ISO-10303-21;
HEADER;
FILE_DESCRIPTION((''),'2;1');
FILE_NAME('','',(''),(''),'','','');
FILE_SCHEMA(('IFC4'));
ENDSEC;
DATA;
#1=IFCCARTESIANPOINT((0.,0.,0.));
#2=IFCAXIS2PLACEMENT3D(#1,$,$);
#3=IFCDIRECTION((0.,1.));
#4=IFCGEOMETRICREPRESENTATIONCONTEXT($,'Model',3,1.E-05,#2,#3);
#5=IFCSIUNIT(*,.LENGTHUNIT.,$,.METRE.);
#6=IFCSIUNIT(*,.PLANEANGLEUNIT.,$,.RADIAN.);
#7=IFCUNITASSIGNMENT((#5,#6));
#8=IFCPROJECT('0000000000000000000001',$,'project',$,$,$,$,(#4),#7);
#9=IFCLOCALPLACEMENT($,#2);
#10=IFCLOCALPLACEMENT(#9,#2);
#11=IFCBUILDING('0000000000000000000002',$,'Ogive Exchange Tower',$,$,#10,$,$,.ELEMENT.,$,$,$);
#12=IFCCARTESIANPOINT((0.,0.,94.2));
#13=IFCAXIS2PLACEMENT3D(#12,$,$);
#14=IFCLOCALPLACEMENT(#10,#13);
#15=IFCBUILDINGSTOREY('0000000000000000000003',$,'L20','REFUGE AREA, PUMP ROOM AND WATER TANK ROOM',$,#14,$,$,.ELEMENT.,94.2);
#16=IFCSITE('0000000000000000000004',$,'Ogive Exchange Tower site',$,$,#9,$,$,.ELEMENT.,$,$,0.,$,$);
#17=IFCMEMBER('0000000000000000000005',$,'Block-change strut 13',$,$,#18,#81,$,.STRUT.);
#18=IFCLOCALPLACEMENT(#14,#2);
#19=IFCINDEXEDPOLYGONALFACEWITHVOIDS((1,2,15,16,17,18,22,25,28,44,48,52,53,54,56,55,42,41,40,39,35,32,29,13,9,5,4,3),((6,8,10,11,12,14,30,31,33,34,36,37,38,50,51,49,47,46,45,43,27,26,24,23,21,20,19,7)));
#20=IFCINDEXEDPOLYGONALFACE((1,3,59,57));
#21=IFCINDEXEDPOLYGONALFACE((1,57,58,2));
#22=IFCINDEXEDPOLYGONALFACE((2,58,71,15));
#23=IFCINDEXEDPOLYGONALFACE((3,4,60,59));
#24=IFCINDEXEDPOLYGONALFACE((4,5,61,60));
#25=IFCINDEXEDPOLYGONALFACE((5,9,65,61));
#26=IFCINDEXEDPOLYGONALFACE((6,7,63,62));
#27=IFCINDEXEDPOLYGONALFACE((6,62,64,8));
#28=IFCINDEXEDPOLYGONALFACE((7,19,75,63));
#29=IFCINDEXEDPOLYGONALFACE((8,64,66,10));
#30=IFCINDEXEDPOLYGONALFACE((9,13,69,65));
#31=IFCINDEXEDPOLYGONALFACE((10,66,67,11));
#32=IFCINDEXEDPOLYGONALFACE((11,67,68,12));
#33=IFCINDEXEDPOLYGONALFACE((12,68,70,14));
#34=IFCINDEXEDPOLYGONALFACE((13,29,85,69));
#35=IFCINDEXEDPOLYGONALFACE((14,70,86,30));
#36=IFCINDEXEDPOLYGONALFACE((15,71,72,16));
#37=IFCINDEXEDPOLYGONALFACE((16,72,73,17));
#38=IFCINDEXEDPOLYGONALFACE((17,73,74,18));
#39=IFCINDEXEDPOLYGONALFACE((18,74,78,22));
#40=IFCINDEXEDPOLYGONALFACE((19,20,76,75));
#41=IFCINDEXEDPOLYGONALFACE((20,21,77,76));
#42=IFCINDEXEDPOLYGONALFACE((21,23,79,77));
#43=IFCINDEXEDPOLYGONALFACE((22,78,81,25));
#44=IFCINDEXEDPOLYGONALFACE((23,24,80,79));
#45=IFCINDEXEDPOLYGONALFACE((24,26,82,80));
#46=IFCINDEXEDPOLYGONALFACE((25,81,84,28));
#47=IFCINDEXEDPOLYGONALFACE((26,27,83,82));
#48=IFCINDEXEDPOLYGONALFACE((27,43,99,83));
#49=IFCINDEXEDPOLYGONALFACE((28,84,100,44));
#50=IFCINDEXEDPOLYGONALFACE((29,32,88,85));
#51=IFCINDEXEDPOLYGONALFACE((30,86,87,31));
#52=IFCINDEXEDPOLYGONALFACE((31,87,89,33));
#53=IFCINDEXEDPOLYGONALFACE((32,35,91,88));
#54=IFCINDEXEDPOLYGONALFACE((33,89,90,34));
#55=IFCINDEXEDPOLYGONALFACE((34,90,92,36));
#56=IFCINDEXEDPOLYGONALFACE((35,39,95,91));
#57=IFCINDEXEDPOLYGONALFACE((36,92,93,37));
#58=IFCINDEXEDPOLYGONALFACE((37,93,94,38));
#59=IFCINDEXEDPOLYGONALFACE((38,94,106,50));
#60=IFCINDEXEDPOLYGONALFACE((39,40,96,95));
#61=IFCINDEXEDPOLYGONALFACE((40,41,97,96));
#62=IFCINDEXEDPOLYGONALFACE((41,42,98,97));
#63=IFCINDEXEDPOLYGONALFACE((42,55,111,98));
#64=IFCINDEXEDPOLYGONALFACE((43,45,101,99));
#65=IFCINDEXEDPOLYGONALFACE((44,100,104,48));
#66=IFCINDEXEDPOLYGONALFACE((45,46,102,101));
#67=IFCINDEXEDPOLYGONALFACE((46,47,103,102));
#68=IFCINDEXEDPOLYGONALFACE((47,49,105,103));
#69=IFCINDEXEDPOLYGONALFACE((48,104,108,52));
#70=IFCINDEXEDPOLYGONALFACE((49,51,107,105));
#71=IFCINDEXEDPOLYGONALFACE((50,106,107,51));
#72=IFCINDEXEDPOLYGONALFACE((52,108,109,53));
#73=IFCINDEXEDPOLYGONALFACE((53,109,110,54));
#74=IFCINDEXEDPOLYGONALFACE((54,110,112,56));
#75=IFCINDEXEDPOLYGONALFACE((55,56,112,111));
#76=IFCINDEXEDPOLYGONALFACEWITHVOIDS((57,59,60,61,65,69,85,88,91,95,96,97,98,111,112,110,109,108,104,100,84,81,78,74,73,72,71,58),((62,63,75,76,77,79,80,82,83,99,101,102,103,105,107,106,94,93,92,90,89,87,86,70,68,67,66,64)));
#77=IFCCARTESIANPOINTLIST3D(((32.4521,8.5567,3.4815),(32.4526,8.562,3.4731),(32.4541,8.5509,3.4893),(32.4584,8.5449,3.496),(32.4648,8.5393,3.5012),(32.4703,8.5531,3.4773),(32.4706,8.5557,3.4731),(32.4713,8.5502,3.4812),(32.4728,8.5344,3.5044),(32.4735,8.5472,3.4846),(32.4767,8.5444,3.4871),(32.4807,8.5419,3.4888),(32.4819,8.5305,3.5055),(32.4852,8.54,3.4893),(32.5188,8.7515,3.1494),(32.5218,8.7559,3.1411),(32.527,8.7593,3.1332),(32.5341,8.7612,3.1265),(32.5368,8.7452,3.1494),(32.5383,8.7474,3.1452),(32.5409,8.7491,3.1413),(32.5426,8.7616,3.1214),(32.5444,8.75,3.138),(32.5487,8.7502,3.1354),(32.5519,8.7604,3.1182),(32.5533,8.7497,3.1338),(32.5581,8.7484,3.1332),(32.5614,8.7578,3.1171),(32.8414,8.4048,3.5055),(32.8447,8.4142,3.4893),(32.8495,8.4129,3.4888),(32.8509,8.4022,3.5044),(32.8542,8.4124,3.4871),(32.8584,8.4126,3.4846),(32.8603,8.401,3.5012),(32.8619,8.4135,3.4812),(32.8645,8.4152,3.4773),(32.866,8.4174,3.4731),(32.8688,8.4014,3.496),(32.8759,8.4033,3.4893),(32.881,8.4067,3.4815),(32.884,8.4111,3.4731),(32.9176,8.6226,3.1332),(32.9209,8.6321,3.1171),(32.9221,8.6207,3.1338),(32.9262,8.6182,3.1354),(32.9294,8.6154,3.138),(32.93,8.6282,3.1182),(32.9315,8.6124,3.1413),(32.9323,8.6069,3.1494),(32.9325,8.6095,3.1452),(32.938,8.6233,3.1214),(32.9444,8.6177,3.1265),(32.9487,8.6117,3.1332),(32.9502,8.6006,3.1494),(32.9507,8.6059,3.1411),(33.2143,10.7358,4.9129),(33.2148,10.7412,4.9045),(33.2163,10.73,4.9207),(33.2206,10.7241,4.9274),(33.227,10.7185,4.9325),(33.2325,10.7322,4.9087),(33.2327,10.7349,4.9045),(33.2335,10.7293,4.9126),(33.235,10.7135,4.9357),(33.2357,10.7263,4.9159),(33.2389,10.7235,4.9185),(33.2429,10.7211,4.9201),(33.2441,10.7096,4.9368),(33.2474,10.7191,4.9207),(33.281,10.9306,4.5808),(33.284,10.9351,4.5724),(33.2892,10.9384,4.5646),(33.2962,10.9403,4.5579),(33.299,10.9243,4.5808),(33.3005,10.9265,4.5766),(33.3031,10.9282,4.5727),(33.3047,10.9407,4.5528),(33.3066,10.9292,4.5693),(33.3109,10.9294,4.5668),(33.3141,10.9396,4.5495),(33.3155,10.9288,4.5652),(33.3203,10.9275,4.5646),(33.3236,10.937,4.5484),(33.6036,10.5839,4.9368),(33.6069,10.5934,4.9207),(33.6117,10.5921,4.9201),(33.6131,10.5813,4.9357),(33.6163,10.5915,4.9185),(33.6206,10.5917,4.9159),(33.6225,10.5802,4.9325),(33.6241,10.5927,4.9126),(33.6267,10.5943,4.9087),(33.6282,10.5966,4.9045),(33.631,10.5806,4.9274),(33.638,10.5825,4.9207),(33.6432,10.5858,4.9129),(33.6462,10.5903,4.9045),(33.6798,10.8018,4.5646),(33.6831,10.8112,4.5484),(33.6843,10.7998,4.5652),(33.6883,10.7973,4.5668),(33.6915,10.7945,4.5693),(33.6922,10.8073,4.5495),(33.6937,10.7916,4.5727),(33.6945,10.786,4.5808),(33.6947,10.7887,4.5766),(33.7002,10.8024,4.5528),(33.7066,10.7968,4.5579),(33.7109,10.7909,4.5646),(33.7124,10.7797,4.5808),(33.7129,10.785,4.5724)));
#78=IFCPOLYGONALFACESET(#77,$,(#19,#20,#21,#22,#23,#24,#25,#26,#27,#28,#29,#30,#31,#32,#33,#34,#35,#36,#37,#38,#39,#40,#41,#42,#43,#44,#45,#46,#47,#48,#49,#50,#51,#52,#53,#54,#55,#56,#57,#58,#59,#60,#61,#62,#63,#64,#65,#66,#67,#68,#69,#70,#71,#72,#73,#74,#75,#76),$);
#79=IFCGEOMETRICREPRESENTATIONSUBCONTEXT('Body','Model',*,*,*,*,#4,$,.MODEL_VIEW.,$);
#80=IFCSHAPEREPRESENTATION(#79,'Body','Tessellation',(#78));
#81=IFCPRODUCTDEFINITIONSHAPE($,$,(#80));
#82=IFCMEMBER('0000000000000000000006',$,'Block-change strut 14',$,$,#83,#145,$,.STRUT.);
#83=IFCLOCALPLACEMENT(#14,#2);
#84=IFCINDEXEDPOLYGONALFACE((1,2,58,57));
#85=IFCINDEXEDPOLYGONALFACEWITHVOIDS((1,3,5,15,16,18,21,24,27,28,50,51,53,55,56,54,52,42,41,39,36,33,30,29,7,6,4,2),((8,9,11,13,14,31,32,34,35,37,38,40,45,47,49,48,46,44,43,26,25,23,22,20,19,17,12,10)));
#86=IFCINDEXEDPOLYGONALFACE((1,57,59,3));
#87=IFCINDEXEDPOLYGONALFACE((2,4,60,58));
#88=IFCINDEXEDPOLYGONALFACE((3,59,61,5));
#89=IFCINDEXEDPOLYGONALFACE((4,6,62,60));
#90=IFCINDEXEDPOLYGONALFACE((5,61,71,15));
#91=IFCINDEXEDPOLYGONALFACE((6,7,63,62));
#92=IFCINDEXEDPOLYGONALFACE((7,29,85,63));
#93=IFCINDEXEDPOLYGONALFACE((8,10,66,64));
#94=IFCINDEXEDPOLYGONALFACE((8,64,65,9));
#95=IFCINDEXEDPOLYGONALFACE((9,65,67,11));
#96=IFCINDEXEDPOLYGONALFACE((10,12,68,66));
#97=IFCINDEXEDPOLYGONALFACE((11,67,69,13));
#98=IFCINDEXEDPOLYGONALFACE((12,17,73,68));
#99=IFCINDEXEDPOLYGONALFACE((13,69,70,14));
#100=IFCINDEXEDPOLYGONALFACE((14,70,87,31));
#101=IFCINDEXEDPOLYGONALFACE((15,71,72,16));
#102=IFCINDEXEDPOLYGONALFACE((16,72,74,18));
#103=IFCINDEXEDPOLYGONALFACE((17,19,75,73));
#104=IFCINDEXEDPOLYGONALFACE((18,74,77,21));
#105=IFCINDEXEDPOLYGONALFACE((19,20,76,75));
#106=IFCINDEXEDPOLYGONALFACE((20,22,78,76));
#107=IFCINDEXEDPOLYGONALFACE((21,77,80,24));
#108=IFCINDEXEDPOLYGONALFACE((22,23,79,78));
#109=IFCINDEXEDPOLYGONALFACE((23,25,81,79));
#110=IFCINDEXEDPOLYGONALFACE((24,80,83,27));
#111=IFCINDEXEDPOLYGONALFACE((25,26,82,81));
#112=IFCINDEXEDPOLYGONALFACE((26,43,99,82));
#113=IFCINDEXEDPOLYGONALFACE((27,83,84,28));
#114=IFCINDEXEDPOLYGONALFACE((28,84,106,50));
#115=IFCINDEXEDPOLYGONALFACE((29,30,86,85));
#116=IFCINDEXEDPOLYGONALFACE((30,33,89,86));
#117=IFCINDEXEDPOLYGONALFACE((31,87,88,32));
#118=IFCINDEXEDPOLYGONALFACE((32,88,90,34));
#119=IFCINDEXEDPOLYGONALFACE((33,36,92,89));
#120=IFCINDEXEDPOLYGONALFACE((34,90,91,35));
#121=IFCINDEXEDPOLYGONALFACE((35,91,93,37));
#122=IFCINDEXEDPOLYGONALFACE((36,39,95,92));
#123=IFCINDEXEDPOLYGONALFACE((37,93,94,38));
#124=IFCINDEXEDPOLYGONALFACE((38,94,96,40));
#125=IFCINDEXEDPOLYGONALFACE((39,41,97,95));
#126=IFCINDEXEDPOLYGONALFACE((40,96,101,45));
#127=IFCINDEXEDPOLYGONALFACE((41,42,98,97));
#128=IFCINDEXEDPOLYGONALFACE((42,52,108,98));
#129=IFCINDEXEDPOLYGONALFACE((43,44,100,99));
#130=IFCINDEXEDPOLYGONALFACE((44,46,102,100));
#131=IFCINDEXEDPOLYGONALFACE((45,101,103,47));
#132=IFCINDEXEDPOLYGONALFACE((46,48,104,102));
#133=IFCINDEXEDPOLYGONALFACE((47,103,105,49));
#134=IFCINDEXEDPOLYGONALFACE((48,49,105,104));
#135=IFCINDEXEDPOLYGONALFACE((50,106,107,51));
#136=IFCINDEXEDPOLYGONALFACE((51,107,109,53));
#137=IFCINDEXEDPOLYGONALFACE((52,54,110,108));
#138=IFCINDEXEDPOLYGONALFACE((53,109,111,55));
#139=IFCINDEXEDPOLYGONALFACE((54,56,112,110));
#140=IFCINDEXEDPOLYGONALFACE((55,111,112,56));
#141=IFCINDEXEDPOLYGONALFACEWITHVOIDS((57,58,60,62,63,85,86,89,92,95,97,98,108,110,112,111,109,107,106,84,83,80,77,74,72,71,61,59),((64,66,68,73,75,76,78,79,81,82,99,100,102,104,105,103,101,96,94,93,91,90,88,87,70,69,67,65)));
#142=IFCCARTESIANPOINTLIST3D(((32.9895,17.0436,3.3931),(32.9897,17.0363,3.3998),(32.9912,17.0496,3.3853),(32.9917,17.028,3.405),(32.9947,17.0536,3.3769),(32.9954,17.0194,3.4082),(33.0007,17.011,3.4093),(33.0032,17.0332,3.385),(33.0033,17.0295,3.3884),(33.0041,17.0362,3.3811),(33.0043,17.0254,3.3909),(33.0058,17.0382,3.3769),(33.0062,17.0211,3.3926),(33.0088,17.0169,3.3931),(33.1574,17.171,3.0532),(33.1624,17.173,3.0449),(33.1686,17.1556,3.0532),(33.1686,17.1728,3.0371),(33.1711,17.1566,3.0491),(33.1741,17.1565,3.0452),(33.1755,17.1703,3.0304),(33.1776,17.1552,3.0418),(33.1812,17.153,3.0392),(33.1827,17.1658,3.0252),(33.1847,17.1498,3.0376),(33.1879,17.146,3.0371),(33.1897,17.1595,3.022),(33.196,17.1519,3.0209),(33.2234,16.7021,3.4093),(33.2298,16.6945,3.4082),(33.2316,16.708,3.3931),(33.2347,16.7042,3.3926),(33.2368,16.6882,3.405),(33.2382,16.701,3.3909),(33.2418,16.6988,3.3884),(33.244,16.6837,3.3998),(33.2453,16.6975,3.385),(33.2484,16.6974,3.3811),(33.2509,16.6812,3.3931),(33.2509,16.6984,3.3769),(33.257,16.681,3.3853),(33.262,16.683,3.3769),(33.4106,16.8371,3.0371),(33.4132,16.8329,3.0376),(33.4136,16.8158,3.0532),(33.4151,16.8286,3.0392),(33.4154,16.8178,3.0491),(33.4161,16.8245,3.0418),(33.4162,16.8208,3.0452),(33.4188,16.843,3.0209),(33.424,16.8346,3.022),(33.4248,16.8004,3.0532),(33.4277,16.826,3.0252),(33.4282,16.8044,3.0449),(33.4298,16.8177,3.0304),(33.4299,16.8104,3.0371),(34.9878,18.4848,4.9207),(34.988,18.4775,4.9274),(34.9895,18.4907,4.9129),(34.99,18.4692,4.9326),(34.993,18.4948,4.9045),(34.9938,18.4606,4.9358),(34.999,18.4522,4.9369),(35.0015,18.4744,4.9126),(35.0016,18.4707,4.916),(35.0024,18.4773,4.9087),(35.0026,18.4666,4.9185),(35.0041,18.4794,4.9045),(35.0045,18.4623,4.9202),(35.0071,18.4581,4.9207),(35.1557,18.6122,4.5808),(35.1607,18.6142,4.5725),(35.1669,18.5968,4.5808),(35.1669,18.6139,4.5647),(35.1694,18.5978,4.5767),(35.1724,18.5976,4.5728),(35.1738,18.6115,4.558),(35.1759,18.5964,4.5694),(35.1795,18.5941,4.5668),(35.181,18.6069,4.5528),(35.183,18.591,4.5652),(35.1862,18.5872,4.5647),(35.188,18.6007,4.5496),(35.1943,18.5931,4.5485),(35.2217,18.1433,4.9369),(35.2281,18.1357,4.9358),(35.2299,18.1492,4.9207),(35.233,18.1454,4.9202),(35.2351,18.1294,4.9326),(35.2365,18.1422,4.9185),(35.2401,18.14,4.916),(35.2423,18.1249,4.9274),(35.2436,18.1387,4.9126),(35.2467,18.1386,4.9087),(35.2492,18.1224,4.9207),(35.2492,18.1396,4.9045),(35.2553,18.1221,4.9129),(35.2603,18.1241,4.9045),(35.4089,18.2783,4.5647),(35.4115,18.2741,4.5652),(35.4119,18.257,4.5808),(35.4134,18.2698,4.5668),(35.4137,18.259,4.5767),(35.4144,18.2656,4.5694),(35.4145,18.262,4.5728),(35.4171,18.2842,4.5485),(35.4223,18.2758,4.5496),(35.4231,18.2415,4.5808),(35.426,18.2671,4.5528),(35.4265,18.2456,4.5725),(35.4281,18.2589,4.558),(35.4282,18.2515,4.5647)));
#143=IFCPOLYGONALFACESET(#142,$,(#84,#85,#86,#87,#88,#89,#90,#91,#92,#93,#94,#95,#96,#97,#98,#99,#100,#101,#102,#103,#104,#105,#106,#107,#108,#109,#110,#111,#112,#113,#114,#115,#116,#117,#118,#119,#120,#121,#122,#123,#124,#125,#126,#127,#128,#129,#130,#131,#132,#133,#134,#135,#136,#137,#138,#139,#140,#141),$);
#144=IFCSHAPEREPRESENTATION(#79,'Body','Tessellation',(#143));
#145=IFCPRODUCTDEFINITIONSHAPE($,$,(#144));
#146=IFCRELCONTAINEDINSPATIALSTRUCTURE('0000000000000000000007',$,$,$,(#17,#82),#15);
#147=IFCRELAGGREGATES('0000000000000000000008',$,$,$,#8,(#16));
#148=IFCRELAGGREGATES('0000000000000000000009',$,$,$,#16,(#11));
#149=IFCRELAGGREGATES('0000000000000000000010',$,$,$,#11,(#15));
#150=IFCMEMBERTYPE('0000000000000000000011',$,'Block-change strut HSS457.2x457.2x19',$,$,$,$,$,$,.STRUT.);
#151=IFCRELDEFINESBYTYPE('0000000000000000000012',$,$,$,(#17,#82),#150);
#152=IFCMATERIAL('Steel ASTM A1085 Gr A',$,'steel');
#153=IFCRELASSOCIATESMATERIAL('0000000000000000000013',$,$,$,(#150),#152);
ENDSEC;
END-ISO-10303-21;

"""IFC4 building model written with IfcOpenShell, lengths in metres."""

from ifc_helpers import new_model, si_unit, direction, frame, origin, origin_2d, place, context, subcontext, project, spatial, hollow_rectangle, extrude, material, material_profile, profile_set, type_object, element, save


model = new_model("IFC4")

# Units and contexts
model_context = context("Model", 3, precision=1e-05, world=origin(), true_north=direction((0.0, 1.0)))
body_context = subcontext(model_context, "Body", "Model", "MODEL_VIEW")
ifc_project = project(units=[si_unit("LENGTHUNIT", "METRE"), si_unit("PLANEANGLEUNIT", "RADIAN")], contexts=[model_context])

# Site, building, storey
site_placement = place(None, origin())
site = spatial("IfcSite", under=ifc_project, at=site_placement, Name="Ogive Exchange Tower site", CompositionType="ELEMENT", RefElevation=0.0)
building_placement = place(site_placement, origin())
building = spatial("IfcBuilding", under=site, at=building_placement, Name="Ogive Exchange Tower", CompositionType="ELEMENT")
storey_placement = place(building_placement, frame((0.0, 0.0, 94.2)))
storey = spatial("IfcBuildingStorey", under=building, at=storey_placement, Name="L20", Description="REFUGE AREA, PUMP ROOM AND WATER TANK ROOM", CompositionType="ELEMENT", Elevation=94.2)

# Shared definitions
ifc_material_1 = material(Name="Steel ASTM A1085 Gr A", Category="steel")

# Members
ifc_material_profile_1 = material_profile(ifc_material_1, hollow_rectangle(XDim=0.457, YDim=0.457, WallThickness=0.019, InnerFilletRadius=0.019, OuterFilletRadius=0.0381, at=origin_2d()), Name="HSS457.2x457.2x19")
ifc_profile_set_1 = profile_set([ifc_material_profile_1], Name="Steel ASTM A1085 Gr A")
member_type_1 = type_object("IfcMemberType", Name="Block-change strut HSS457.2x457.2x19", PredefinedType="STRUT", material=ifc_profile_set_1)
member_1_placement = place(storey_placement, frame((32.7014, 8.5813, 3.3113), z_axis=(0.280596, 0.802241, 0.526948), x_axis=(-0.943928, 0.330153, 0.0)))
element("IfcMember", 1, at=member_1_placement, inside=storey, type_object=member_type_1, Name="Block-change strut 13", PredefinedType="STRUT", context=body_context, shape_type="SweptSolid", body=[
    extrude(hollow_rectangle(XDim=0.457, YDim=0.457, WallThickness=0.019, InnerFilletRadius=0.019, OuterFilletRadius=0.0381, at=origin_2d()), origin(), (0.0, 0.0, 1.0), 2.7163),
])
member_2_placement = place(storey_placement, frame((33.2097, 16.927, 3.2151), z_axis=(0.689327, 0.49714, 0.526954), x_axis=(-0.584944, 0.811074, 0.0)))
element("IfcMember", 2, at=member_2_placement, inside=storey, type_object=member_type_1, Name="Block-change strut 14", PredefinedType="STRUT", context=body_context, shape_type="SweptSolid", body=[
    extrude(hollow_rectangle(XDim=0.457, YDim=0.457, WallThickness=0.019, InnerFilletRadius=0.019, OuterFilletRadius=0.0381, at=origin_2d()), origin(), (0.0, 0.0, 1.0), 2.8989),
])

save(model, "model.ifc")
